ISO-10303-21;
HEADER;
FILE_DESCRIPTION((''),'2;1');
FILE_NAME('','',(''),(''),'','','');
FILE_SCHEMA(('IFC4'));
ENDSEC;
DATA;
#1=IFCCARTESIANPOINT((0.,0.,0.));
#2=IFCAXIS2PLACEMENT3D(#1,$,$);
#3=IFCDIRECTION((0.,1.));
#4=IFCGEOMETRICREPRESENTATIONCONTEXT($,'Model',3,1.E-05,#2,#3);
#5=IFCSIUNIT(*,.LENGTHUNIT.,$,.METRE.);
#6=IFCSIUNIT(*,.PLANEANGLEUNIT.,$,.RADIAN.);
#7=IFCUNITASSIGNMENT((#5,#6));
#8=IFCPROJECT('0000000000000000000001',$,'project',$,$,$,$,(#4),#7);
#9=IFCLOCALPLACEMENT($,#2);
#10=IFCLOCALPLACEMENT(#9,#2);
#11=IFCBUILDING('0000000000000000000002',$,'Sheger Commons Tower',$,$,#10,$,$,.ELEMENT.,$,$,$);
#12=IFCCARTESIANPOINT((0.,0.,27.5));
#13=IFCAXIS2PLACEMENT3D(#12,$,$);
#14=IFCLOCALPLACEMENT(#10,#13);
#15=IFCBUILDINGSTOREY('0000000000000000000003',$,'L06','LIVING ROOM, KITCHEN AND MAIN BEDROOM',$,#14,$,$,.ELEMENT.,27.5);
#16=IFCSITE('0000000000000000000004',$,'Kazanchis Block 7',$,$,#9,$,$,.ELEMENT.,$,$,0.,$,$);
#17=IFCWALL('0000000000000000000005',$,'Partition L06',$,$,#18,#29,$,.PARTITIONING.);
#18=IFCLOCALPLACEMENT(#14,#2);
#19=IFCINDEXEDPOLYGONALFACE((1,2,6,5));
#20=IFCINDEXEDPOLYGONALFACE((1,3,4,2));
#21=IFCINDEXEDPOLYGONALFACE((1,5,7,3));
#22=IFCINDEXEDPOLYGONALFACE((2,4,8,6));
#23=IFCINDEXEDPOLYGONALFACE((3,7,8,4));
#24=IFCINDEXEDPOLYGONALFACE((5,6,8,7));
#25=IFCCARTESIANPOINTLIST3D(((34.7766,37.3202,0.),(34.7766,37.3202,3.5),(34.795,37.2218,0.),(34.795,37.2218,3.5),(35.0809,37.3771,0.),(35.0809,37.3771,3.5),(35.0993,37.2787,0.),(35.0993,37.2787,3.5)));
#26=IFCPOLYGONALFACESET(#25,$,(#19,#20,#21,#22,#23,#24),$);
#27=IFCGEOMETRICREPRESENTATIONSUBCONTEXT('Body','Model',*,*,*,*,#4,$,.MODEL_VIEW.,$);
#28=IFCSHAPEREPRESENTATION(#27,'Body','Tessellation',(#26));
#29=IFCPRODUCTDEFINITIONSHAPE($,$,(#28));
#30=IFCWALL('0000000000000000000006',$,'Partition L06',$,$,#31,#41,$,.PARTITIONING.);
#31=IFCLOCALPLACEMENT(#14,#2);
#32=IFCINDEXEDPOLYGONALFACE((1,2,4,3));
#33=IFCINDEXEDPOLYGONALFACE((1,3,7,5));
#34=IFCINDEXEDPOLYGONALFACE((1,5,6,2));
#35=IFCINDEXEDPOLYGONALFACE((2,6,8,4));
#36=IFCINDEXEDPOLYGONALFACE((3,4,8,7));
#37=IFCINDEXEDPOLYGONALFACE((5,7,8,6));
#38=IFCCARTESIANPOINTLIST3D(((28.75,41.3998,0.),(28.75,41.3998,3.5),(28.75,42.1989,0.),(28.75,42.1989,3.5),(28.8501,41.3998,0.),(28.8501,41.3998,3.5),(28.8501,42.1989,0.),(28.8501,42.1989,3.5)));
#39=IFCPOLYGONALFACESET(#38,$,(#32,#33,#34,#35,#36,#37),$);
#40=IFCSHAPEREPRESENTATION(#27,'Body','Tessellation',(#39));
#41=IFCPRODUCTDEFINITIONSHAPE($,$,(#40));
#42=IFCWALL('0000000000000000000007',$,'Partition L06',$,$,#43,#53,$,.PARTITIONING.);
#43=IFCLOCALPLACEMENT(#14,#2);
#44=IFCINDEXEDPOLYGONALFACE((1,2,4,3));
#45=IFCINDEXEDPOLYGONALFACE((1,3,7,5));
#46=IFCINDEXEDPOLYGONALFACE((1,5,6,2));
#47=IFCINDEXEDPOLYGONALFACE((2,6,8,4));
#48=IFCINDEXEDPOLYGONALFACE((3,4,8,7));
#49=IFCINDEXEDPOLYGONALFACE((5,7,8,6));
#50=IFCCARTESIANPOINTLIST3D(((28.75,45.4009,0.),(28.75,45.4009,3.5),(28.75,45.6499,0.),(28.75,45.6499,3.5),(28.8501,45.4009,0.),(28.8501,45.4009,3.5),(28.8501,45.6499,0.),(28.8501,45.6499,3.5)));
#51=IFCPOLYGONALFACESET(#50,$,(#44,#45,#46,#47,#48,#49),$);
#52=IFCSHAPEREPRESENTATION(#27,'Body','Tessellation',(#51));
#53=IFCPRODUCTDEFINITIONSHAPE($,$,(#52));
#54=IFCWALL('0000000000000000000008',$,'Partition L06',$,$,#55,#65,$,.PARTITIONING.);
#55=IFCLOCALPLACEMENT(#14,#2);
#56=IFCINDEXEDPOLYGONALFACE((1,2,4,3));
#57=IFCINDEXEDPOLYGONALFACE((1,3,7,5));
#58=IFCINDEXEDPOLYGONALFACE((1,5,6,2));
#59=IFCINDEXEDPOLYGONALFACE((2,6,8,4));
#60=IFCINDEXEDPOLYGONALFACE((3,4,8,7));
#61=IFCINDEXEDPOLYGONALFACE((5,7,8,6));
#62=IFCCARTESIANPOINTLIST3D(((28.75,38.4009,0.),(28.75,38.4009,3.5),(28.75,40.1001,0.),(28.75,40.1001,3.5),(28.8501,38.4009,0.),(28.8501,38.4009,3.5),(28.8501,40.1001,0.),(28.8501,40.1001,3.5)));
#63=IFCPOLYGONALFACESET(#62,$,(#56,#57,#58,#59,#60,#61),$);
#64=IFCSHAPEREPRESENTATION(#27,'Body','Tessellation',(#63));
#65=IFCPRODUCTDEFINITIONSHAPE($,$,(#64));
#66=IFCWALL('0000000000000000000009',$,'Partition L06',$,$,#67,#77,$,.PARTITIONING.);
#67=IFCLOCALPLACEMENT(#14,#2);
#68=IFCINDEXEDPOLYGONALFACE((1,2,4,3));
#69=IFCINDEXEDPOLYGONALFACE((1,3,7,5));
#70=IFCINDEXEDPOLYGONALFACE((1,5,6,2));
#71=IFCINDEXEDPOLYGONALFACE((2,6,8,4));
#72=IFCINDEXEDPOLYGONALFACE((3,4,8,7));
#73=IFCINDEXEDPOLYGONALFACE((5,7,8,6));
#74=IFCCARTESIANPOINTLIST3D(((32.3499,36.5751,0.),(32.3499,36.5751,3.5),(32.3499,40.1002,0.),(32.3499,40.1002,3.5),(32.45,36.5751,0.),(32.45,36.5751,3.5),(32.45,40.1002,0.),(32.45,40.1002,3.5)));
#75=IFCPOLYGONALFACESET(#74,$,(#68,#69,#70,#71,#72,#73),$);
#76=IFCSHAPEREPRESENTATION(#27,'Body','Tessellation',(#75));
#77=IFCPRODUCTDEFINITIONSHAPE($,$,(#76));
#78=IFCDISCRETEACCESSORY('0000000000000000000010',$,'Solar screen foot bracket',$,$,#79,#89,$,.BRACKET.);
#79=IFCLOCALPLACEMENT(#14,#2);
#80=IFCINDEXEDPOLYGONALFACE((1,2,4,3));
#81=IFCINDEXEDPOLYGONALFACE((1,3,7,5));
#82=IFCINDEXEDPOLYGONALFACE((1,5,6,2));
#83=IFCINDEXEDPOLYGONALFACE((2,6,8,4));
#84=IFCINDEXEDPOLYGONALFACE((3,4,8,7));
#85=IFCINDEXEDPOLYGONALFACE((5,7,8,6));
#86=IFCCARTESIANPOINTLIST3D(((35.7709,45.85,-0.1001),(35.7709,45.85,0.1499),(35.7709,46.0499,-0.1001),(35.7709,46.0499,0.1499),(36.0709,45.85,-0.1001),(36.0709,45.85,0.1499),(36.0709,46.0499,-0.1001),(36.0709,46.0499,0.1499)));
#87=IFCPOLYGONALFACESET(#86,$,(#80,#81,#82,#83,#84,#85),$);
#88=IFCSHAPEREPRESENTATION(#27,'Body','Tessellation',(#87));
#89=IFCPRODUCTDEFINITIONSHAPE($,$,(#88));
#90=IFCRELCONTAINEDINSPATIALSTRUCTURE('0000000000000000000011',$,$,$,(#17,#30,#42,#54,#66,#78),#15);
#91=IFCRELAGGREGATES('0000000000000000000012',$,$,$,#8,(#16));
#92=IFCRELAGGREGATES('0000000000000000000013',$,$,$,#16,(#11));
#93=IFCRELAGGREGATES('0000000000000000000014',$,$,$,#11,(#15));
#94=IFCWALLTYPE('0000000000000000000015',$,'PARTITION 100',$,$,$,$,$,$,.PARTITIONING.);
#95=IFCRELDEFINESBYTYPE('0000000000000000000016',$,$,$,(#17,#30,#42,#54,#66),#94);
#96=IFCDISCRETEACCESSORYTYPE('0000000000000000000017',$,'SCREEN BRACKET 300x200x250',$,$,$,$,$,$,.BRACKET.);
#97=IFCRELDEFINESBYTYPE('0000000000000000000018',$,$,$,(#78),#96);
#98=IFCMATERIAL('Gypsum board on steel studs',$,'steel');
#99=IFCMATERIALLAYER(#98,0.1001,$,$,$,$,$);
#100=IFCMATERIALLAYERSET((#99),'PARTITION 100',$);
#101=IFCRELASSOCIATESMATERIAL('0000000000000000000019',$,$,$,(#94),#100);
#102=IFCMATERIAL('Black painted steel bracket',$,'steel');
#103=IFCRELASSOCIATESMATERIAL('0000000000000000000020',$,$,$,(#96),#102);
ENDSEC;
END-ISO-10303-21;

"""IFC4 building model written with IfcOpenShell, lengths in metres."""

from ifc_helpers import new_model, si_unit, direction, frame, frame_2d, origin, origin_2d, place, context, subcontext, project, spatial, rectangle, extrude, material, layer, layer_set, type_object, element, save


model = new_model("IFC4")

# Units and contexts
model_context = context("Model", 3, precision=1e-05, world=origin(), true_north=direction((0.0, 1.0)))
body_context = subcontext(model_context, "Body", "Model", "MODEL_VIEW")
ifc_project = project(units=[si_unit("LENGTHUNIT", "METRE"), si_unit("PLANEANGLEUNIT", "RADIAN")], contexts=[model_context])

# Site, building, storey
site_placement = place(None, origin())
site = spatial("IfcSite", under=ifc_project, at=site_placement, Name="Kazanchis Block 7", CompositionType="ELEMENT", RefElevation=0.0)
building_placement = place(site_placement, origin())
building = spatial("IfcBuilding", under=site, at=building_placement, Name="Sheger Commons Tower", CompositionType="ELEMENT")
storey_placement = place(building_placement, frame((0.0, 0.0, 27.5)))
storey = spatial("IfcBuildingStorey", under=building, at=storey_placement, Name="L06", Description="LIVING ROOM, KITCHEN AND MAIN BEDROOM", CompositionType="ELEMENT", Elevation=27.5)

# Walls
ifc_material_1 = material(Name="Gypsum board on steel studs", Category="steel")
ifc_layer_1 = layer(ifc_material_1, 0.1001)
ifc_layer_set_1 = layer_set([ifc_layer_1], Name="PARTITION 100")
wall_type_1 = type_object("IfcWallType", Name="PARTITION 100", PredefinedType="PARTITIONING", material=ifc_layer_set_1)
wall_1_placement = place(storey_placement, frame((35.0901, 37.3279, 0.0), z_axis=(0.0, 0.0, 1.0), x_axis=(-0.982961, -0.183812, 0.0)))
element("IfcWall", 1, at=wall_1_placement, inside=storey, type_object=wall_type_1, Name="Partition L06", PredefinedType="PARTITIONING", context=body_context, shape_type="SweptSolid", body=[
    extrude(rectangle(XDim=0.3096, YDim=0.1001, at=frame_2d((0.1548, 0.0))), origin(), (0.0, 0.0, 1.0), 3.5),
])
wall_2_placement = place(storey_placement, frame((28.8, 41.3999, 0.0), z_axis=(0.0, 0.0, 1.0), x_axis=(0.0, 1.0, 0.0)))
element("IfcWall", 2, at=wall_2_placement, inside=storey, type_object=wall_type_1, Name="Partition L06", PredefinedType="PARTITIONING", context=body_context, shape_type="SweptSolid", body=[
    extrude(rectangle(XDim=0.7991, YDim=0.1001, at=frame_2d((0.3994, 0.0))), origin(), (0.0, 0.0, 1.0), 3.5),
])
wall_3_placement = place(storey_placement, frame((28.8, 45.4009, 0.0), z_axis=(0.0, 0.0, 1.0), x_axis=(0.0, 1.0, 0.0)))
element("IfcWall", 3, at=wall_3_placement, inside=storey, type_object=wall_type_1, Name="Partition L06", PredefinedType="PARTITIONING", context=body_context, shape_type="SweptSolid", body=[
    extrude(rectangle(XDim=0.249, YDim=0.1001, at=frame_2d((0.1245, 0.0))), origin(), (0.0, 0.0, 1.0), 3.5),
])
wall_4_placement = place(storey_placement, frame((28.8, 38.4009, 0.0), z_axis=(0.0, 0.0, 1.0), x_axis=(0.0, 1.0, 0.0)))
element("IfcWall", 4, at=wall_4_placement, inside=storey, type_object=wall_type_1, Name="Partition L06", PredefinedType="PARTITIONING", context=body_context, shape_type="SweptSolid", body=[
    extrude(rectangle(XDim=1.6992, YDim=0.1001, at=frame_2d((0.8496, 0.0))), origin(), (0.0, 0.0, 1.0), 3.5),
])
wall_5_placement = place(storey_placement, frame((32.3999, 36.575, 0.0), z_axis=(0.0, 0.0, 1.0), x_axis=(0.0, 1.0, 0.0)))
element("IfcWall", 5, at=wall_5_placement, inside=storey, type_object=wall_type_1, Name="Partition L06", PredefinedType="PARTITIONING", context=body_context, shape_type="SweptSolid", body=[
    extrude(rectangle(XDim=3.5251, YDim=0.1001, at=frame_2d((1.7627, 0.0))), origin(), (0.0, 0.0, 1.0), 3.5),
])

# Discrete accessory
ifc_material_2 = material(Name="Black painted steel bracket", Category="steel")
discrete_accessory_type = type_object("IfcDiscreteAccessoryType", Name="SCREEN BRACKET 300x200x250", PredefinedType="BRACKET", material=ifc_material_2)
discrete_accessory_placement = place(storey_placement, frame((35.9209, 45.95, -0.1001), z_axis=(0.0, 0.0, 1.0), x_axis=(-1.0, 0.0, 0.0)))
element("IfcDiscreteAccessory", 6, at=discrete_accessory_placement, inside=storey, type_object=discrete_accessory_type, Name="Solar screen foot bracket", PredefinedType="BRACKET", context=body_context, shape_type="SweptSolid", body=[
    extrude(rectangle(XDim=0.3, YDim=0.2, at=origin_2d()), origin(), (0.0, 0.0, 1.0), 0.25),
])

save(model, "model.ifc")
